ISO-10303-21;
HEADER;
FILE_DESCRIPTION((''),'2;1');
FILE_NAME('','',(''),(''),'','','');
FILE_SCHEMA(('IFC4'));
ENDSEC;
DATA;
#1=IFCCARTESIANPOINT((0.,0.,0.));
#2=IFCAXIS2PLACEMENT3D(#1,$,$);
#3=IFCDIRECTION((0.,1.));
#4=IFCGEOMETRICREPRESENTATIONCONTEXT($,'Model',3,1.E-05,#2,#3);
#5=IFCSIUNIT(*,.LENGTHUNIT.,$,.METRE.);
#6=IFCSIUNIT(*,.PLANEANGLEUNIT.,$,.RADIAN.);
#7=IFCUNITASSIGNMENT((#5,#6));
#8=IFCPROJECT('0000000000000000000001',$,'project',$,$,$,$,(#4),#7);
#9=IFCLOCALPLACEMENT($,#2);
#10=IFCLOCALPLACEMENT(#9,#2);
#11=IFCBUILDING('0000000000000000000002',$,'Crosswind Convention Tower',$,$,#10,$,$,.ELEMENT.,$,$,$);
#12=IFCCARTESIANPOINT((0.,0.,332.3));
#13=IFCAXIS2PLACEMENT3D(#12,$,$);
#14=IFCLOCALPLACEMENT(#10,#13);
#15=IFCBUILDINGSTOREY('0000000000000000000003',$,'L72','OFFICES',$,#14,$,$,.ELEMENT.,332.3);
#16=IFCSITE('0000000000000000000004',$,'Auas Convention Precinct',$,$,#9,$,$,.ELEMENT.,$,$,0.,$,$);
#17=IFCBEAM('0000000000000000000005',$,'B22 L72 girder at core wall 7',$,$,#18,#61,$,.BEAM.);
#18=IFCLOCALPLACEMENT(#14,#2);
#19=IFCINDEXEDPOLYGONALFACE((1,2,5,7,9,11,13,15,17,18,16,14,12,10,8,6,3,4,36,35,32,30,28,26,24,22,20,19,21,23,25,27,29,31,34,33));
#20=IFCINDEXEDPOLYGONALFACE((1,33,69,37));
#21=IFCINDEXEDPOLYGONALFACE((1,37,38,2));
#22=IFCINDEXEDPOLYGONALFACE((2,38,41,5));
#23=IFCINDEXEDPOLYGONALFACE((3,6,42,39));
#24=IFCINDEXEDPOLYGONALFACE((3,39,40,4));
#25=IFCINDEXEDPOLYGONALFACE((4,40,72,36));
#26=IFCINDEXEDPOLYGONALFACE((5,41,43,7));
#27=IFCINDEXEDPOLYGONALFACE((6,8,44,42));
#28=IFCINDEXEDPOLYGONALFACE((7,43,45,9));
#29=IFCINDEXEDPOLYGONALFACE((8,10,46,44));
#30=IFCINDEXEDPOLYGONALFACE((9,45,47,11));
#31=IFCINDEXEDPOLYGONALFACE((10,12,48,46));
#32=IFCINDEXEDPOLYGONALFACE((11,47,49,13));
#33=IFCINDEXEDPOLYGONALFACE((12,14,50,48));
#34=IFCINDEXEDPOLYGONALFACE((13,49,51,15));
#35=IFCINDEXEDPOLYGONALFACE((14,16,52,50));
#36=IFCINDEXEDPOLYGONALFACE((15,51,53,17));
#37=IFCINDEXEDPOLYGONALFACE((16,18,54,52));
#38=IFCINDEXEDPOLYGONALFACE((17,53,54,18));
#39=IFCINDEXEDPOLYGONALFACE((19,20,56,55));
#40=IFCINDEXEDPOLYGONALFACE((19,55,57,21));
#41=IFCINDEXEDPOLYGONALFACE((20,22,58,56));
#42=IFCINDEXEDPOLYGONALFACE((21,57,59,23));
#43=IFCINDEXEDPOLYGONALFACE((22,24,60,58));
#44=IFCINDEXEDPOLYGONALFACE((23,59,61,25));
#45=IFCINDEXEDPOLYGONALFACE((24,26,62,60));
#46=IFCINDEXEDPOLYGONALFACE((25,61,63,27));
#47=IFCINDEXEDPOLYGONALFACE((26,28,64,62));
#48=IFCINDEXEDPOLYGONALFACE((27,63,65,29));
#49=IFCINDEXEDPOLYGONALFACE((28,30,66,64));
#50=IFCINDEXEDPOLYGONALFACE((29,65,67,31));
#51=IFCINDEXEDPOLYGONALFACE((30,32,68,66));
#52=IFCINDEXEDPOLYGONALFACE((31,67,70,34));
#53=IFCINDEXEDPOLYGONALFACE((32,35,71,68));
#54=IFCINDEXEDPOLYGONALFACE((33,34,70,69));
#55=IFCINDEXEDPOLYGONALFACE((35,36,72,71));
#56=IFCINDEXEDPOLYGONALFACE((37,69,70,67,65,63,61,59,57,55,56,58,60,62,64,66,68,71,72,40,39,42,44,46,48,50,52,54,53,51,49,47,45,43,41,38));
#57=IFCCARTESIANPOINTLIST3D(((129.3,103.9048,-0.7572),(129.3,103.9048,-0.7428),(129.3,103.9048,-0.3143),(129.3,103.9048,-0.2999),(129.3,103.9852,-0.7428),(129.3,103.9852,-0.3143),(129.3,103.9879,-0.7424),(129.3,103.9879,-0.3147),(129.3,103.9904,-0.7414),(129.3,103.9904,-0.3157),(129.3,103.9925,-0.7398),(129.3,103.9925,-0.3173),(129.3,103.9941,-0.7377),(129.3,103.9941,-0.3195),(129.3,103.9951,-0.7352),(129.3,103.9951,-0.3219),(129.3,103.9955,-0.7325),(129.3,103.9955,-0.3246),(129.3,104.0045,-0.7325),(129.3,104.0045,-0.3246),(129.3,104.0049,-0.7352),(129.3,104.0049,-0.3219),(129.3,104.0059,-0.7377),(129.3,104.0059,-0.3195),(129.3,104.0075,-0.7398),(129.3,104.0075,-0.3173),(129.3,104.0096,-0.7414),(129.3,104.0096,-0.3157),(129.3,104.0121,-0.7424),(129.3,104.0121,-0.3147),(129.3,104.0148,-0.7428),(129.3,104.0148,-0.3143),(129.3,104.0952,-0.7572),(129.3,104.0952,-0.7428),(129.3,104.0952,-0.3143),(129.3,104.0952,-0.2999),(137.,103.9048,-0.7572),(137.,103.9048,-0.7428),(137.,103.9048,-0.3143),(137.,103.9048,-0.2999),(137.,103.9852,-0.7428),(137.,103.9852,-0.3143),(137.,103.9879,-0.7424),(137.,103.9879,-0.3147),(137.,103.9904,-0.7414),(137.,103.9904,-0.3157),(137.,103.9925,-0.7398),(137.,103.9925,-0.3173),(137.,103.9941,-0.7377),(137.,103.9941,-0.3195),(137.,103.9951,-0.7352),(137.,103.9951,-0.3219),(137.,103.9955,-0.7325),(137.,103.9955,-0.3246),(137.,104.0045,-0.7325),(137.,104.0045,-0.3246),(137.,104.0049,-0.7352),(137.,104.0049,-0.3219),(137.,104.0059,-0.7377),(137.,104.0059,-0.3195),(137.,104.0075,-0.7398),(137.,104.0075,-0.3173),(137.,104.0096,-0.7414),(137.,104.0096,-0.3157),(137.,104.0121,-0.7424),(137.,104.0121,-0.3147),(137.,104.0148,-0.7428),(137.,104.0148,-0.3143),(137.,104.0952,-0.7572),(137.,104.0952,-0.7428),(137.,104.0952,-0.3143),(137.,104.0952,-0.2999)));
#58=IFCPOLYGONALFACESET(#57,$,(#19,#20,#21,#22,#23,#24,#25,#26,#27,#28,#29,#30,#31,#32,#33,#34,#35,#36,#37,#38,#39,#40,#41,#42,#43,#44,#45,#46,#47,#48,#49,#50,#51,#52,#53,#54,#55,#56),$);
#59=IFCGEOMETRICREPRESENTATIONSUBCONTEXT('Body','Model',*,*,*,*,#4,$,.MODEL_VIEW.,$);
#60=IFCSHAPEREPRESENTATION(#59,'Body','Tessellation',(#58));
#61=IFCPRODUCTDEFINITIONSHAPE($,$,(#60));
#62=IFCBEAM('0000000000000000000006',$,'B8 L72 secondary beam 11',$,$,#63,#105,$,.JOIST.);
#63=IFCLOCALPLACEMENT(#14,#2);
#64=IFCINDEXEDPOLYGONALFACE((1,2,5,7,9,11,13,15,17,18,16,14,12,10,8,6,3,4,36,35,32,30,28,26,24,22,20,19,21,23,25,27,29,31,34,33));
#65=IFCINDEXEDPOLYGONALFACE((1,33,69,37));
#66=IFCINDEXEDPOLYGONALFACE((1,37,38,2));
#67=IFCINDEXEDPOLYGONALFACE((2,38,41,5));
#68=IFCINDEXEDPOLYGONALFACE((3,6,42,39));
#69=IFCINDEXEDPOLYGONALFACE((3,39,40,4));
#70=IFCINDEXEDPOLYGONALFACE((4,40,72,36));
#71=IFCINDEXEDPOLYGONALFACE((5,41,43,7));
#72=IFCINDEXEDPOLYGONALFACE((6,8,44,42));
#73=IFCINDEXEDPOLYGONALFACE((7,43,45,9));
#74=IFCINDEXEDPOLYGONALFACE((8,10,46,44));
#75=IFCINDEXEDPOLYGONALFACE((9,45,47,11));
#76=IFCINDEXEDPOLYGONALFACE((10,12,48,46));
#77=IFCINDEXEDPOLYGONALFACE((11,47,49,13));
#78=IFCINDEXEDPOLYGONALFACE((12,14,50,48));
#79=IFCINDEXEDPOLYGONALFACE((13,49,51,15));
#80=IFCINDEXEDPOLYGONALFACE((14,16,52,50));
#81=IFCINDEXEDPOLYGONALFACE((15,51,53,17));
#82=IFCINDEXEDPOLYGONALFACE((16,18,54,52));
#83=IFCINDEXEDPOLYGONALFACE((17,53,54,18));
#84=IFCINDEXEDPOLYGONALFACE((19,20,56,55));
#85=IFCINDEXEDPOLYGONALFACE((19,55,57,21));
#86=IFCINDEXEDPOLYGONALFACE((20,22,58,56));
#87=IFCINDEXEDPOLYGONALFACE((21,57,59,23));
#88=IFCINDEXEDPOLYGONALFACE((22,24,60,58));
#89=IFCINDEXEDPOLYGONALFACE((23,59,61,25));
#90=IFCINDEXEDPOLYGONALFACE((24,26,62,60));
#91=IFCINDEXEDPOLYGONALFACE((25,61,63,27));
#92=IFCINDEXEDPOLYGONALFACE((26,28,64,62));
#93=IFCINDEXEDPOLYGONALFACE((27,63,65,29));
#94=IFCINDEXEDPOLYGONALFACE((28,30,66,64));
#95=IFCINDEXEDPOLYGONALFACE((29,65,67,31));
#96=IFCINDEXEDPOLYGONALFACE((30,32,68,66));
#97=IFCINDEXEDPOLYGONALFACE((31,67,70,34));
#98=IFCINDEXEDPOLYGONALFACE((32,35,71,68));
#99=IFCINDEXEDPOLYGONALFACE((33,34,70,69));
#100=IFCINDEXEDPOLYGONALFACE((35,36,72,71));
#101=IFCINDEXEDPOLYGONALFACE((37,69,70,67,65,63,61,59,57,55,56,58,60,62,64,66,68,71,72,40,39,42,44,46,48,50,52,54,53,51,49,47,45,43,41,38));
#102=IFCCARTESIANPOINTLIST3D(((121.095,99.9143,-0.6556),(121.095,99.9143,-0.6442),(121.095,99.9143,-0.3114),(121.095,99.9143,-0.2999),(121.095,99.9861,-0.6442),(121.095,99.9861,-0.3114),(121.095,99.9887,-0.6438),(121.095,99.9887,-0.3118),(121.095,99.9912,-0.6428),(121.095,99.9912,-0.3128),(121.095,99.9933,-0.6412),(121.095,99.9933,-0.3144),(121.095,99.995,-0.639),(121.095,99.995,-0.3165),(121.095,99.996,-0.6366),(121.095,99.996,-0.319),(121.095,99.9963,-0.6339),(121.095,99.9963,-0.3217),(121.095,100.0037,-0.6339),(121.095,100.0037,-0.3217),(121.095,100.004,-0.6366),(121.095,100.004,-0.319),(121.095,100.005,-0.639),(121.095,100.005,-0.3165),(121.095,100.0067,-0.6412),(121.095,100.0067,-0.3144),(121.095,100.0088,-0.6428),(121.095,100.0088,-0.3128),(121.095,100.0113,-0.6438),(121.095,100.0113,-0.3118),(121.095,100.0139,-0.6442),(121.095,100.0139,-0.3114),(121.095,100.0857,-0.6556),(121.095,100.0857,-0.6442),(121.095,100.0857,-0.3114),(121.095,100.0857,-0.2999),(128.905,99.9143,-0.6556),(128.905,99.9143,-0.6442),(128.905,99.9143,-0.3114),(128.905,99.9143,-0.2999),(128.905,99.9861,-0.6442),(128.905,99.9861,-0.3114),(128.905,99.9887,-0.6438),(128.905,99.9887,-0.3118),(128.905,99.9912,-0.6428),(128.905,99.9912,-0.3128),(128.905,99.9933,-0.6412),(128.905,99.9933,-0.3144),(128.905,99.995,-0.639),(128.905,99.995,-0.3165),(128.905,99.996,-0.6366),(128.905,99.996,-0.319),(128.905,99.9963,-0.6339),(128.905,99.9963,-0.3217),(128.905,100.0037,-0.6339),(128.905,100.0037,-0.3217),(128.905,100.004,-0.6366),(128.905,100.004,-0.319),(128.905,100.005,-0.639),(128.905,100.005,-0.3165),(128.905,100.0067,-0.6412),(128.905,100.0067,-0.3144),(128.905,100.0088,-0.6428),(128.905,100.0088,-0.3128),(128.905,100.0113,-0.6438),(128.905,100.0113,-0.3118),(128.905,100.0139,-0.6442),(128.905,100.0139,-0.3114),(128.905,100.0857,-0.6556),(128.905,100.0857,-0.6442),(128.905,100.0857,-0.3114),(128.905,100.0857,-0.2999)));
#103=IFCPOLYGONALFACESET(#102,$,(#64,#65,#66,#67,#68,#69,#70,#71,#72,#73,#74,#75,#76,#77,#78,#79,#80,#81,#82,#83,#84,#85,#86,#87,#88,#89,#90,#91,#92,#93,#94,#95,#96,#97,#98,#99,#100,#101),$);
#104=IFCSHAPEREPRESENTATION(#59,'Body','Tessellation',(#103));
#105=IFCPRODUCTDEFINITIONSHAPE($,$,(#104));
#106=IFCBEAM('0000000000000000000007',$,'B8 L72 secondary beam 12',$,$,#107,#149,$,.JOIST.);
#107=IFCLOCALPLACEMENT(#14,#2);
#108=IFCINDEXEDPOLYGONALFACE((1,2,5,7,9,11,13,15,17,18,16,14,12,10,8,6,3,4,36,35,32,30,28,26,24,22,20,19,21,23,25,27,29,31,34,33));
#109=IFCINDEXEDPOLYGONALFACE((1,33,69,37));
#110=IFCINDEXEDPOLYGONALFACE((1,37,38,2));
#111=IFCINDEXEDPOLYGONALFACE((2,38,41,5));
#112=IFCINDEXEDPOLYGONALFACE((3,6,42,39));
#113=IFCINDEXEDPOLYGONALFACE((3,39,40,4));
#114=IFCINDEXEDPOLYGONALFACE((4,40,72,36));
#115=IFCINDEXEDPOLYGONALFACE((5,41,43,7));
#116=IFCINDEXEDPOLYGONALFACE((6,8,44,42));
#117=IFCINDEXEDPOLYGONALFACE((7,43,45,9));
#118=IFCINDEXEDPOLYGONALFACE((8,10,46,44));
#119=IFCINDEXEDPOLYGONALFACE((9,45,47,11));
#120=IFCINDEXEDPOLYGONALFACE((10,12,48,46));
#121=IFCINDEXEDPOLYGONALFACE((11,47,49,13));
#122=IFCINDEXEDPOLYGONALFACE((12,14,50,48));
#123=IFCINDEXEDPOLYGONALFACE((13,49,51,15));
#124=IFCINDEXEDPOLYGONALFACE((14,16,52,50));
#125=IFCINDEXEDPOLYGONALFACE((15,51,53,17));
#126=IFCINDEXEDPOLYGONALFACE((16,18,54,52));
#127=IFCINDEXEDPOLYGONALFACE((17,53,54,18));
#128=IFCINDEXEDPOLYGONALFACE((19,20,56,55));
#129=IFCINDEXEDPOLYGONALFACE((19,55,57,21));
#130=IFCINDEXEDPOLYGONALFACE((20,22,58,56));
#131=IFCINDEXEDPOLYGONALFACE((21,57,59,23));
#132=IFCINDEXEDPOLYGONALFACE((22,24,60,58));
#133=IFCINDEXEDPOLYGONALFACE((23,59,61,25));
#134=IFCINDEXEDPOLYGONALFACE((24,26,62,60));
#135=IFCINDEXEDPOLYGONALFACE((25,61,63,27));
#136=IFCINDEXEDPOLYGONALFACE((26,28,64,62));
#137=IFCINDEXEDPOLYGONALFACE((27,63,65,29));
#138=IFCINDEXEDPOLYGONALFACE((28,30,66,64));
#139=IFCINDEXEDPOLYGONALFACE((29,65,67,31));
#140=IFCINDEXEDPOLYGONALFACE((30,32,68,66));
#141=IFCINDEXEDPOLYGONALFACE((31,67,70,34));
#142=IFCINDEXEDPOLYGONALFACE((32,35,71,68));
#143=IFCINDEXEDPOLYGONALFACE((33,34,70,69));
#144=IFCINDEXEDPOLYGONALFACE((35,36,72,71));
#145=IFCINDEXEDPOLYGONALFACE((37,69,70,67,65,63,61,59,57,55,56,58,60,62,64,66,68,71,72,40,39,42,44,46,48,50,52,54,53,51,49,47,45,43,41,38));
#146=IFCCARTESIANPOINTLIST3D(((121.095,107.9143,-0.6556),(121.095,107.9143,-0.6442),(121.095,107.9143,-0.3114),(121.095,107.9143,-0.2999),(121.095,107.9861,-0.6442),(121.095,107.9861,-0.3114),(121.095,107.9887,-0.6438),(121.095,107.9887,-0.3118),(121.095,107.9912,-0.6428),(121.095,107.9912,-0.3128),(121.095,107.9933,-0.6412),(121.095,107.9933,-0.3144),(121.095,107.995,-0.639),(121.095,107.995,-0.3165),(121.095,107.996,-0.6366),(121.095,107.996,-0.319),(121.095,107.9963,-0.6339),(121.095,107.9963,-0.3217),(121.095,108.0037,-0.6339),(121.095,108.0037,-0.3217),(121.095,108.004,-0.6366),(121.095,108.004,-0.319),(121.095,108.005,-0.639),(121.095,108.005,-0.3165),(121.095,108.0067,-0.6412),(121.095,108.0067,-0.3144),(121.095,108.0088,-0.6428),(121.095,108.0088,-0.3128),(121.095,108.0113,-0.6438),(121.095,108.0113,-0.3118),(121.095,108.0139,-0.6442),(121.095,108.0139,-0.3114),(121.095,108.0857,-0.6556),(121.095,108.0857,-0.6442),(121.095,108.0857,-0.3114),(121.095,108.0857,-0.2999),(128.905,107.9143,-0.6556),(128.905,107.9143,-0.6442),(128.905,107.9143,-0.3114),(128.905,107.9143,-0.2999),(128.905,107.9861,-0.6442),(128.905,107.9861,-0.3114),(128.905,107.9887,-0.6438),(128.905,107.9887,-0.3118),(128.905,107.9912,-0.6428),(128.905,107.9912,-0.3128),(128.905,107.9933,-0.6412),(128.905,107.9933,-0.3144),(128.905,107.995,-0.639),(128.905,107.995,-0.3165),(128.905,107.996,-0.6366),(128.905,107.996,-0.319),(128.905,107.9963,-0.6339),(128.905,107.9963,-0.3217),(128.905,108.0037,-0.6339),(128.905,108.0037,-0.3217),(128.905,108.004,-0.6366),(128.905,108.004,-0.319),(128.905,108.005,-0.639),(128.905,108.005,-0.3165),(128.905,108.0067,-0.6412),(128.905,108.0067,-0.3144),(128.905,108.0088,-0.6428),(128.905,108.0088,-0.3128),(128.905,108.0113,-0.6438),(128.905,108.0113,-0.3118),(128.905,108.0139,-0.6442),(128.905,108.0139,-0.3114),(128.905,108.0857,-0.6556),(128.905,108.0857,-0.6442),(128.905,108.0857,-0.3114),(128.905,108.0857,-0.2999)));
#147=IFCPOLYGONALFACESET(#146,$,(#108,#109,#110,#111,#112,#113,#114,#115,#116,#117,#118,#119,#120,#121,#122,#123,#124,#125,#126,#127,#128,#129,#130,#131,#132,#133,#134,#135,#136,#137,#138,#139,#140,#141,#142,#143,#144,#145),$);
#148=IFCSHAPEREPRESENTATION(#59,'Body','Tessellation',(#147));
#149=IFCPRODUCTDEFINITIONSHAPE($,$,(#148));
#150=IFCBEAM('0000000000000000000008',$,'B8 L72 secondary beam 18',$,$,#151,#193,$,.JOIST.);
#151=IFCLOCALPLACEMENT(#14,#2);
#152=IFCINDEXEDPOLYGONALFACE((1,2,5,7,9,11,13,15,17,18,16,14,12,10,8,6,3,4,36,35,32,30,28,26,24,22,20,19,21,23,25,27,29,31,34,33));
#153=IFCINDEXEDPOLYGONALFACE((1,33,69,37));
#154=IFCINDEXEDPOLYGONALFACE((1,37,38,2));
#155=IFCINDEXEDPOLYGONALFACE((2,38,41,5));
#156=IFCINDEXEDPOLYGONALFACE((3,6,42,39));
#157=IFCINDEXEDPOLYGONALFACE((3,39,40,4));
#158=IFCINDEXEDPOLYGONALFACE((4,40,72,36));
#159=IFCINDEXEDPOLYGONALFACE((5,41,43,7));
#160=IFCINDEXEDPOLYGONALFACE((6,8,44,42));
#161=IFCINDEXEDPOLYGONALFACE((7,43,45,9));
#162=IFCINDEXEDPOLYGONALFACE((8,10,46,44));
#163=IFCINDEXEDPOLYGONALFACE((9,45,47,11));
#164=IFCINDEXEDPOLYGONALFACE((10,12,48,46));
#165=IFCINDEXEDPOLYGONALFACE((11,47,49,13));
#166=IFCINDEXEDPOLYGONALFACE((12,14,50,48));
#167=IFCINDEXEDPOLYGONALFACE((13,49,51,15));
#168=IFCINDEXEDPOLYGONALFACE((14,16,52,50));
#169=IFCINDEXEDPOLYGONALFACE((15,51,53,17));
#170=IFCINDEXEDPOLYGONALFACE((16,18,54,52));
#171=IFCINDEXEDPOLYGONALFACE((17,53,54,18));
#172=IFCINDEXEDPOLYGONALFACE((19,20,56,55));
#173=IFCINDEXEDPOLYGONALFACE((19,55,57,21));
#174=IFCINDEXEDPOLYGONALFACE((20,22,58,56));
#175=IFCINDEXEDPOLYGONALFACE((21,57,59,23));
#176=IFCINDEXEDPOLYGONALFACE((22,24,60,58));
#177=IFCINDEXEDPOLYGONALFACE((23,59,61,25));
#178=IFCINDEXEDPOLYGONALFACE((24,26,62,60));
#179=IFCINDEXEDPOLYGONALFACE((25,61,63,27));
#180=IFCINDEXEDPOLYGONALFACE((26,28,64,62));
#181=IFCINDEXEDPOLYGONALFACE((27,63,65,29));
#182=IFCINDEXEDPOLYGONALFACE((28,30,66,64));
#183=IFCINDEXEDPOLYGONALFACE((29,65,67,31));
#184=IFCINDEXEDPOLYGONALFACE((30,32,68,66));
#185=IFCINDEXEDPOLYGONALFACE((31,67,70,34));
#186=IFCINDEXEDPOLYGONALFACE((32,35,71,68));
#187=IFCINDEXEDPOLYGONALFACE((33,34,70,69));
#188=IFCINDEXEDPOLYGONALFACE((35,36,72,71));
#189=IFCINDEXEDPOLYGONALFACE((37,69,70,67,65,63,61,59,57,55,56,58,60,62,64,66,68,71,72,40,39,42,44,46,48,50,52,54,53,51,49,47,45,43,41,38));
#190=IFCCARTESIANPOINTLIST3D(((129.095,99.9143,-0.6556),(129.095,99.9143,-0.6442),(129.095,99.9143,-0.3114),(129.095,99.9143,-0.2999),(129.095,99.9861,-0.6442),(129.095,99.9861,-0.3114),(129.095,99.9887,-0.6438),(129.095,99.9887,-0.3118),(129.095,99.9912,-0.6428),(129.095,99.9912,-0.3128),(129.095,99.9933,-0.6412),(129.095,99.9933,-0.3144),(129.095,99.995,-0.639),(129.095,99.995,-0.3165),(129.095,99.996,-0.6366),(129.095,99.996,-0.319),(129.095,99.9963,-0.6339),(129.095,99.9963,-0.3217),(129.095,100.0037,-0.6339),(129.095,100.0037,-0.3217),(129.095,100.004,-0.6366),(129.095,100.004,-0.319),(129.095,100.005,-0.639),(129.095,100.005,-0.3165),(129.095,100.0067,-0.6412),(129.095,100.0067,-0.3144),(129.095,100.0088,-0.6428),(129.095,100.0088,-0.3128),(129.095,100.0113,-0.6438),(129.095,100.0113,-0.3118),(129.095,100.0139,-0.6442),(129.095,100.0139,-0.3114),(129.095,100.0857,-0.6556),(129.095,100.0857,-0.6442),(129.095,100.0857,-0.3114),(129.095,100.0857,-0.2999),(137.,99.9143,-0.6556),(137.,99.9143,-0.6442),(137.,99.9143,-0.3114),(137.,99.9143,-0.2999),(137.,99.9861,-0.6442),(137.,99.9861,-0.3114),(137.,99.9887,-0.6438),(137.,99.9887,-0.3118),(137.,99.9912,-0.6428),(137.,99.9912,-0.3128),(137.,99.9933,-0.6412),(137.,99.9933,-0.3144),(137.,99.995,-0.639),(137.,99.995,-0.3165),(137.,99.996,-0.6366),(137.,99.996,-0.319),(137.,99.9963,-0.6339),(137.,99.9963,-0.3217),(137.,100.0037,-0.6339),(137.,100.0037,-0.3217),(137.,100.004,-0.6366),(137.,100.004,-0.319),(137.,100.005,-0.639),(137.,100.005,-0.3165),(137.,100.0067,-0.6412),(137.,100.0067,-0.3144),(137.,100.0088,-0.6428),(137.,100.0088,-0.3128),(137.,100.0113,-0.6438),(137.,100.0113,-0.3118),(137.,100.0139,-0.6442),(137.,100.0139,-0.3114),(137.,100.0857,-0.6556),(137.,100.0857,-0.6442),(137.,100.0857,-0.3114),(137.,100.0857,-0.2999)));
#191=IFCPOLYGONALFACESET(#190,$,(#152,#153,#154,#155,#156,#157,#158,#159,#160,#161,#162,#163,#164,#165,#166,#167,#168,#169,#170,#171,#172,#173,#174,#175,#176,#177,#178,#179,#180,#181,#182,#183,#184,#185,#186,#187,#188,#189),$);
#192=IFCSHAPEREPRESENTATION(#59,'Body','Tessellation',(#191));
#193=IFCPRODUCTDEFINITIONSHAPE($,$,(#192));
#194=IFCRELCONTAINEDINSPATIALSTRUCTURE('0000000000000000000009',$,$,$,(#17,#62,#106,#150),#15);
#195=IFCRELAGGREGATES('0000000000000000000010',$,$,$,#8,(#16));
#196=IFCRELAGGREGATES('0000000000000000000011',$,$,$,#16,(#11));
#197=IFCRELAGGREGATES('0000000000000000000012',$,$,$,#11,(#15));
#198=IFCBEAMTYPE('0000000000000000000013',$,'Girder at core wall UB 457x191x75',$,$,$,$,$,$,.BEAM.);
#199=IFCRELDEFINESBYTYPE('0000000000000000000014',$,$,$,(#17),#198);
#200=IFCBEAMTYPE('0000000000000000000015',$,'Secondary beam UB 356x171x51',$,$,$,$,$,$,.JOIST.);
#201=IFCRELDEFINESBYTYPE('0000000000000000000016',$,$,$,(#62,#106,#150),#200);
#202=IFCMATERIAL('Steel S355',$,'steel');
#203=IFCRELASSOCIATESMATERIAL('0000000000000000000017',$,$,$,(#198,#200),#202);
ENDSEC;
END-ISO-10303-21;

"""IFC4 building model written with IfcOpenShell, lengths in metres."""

from ifc_helpers import new_model, si_unit, direction, frame, origin, origin_2d, place, context, subcontext, project, spatial, i_section, extrude, material, material_profile, profile_set, type_object, element, save


model = new_model("IFC4")

# Units and contexts
model_context = context("Model", 3, precision=1e-05, world=origin(), true_north=direction((0.0, 1.0)))
body_context = subcontext(model_context, "Body", "Model", "MODEL_VIEW")
ifc_project = project(units=[si_unit("LENGTHUNIT", "METRE"), si_unit("PLANEANGLEUNIT", "RADIAN")], contexts=[model_context])

# Site, building, storey
site_placement = place(None, origin())
site = spatial("IfcSite", under=ifc_project, at=site_placement, Name="Auas Convention Precinct", CompositionType="ELEMENT", RefElevation=0.0)
building_placement = place(site_placement, origin())
building = spatial("IfcBuilding", under=site, at=building_placement, Name="Crosswind Convention Tower", CompositionType="ELEMENT")
storey_placement = place(building_placement, frame((0.0, 0.0, 332.3)))
storey = spatial("IfcBuildingStorey", under=building, at=storey_placement, Name="L72", Description="OFFICES", CompositionType="ELEMENT", Elevation=332.3)

# Beams
ifc_material_1 = material(Name="Steel S355", Category="steel")
ifc_material_profile_1 = material_profile(ifc_material_1, i_section(OverallWidth=0.1904, OverallDepth=0.4573, WebThickness=0.009, FlangeThickness=0.0144, FilletRadius=0.0103, at=origin_2d()), Name="UB 457x191x75")
ifc_profile_set_1 = profile_set([ifc_material_profile_1], Name="Steel S355")
beam_type_1 = type_object("IfcBeamType", Name="Girder at core wall UB 457x191x75", PredefinedType="BEAM", material=ifc_profile_set_1)
beam_placement = place(storey_placement, frame((129.3, 104.0, -0.5286), z_axis=(1.0, 0.0, 0.0), x_axis=(0.0, 1.0, 0.0)))
element("IfcBeam", 1, at=beam_placement, inside=storey, type_object=beam_type_1, Name="B22 L72 girder at core wall 7", PredefinedType="BEAM", context=body_context, shape_type="SweptSolid", body=[
    extrude(i_section(OverallWidth=0.1904, OverallDepth=0.4573, WebThickness=0.009, FlangeThickness=0.0144, FilletRadius=0.0103, at=origin_2d()), origin(), (0.0, 0.0, 1.0), 7.7),
])
ifc_material_profile_2 = material_profile(ifc_material_1, i_section(OverallWidth=0.1714, OverallDepth=0.3557, WebThickness=0.0073, FlangeThickness=0.0115, FilletRadius=0.0103, at=origin_2d()), Name="UB 356x171x51")
ifc_profile_set_2 = profile_set([ifc_material_profile_2], Name="Steel S355")
beam_type_2 = type_object("IfcBeamType", Name="Secondary beam UB 356x171x51", PredefinedType="JOIST", material=ifc_profile_set_2)
for number, where, z_axis, x_axis, name in (
    (2, (121.095, 100.0, -0.4778), (1.0, 0.0, 0.0), (0.0, 1.0, 0.0), "B8 L72 secondary beam 11"),
    (3, (121.095, 108.0, -0.4778), (1.0, 0.0, 0.0), (0.0, 1.0, 0.0), "B8 L72 secondary beam 12"),
):
    element("IfcBeam", number, at=place(storey_placement, frame(where, z_axis=z_axis, x_axis=x_axis)), inside=storey, type_object=beam_type_2, Name=name, PredefinedType="JOIST", context=body_context, shape_type="SweptSolid", body=[
        extrude(i_section(OverallWidth=0.1714, OverallDepth=0.3557, WebThickness=0.0073, FlangeThickness=0.0115, FilletRadius=0.0103, at=origin_2d()), origin(), (0.0, 0.0, 1.0), 7.8101),
    ])
for number, where, z_axis, x_axis, name in (
    (4, (129.095, 100.0, -0.4778), (1.0, 0.0, 0.0), (0.0, 1.0, 0.0), "B8 L72 secondary beam 18"),
):
    element("IfcBeam", number, at=place(storey_placement, frame(where, z_axis=z_axis, x_axis=x_axis)), inside=storey, type_object=beam_type_2, Name=name, PredefinedType="JOIST", context=body_context, shape_type="SweptSolid", body=[
        extrude(i_section(OverallWidth=0.1714, OverallDepth=0.3557, WebThickness=0.0073, FlangeThickness=0.0115, FilletRadius=0.0103, at=origin_2d()), origin(), (0.0, 0.0, 1.0), 7.905),
    ])

save(model, "model.ifc")
